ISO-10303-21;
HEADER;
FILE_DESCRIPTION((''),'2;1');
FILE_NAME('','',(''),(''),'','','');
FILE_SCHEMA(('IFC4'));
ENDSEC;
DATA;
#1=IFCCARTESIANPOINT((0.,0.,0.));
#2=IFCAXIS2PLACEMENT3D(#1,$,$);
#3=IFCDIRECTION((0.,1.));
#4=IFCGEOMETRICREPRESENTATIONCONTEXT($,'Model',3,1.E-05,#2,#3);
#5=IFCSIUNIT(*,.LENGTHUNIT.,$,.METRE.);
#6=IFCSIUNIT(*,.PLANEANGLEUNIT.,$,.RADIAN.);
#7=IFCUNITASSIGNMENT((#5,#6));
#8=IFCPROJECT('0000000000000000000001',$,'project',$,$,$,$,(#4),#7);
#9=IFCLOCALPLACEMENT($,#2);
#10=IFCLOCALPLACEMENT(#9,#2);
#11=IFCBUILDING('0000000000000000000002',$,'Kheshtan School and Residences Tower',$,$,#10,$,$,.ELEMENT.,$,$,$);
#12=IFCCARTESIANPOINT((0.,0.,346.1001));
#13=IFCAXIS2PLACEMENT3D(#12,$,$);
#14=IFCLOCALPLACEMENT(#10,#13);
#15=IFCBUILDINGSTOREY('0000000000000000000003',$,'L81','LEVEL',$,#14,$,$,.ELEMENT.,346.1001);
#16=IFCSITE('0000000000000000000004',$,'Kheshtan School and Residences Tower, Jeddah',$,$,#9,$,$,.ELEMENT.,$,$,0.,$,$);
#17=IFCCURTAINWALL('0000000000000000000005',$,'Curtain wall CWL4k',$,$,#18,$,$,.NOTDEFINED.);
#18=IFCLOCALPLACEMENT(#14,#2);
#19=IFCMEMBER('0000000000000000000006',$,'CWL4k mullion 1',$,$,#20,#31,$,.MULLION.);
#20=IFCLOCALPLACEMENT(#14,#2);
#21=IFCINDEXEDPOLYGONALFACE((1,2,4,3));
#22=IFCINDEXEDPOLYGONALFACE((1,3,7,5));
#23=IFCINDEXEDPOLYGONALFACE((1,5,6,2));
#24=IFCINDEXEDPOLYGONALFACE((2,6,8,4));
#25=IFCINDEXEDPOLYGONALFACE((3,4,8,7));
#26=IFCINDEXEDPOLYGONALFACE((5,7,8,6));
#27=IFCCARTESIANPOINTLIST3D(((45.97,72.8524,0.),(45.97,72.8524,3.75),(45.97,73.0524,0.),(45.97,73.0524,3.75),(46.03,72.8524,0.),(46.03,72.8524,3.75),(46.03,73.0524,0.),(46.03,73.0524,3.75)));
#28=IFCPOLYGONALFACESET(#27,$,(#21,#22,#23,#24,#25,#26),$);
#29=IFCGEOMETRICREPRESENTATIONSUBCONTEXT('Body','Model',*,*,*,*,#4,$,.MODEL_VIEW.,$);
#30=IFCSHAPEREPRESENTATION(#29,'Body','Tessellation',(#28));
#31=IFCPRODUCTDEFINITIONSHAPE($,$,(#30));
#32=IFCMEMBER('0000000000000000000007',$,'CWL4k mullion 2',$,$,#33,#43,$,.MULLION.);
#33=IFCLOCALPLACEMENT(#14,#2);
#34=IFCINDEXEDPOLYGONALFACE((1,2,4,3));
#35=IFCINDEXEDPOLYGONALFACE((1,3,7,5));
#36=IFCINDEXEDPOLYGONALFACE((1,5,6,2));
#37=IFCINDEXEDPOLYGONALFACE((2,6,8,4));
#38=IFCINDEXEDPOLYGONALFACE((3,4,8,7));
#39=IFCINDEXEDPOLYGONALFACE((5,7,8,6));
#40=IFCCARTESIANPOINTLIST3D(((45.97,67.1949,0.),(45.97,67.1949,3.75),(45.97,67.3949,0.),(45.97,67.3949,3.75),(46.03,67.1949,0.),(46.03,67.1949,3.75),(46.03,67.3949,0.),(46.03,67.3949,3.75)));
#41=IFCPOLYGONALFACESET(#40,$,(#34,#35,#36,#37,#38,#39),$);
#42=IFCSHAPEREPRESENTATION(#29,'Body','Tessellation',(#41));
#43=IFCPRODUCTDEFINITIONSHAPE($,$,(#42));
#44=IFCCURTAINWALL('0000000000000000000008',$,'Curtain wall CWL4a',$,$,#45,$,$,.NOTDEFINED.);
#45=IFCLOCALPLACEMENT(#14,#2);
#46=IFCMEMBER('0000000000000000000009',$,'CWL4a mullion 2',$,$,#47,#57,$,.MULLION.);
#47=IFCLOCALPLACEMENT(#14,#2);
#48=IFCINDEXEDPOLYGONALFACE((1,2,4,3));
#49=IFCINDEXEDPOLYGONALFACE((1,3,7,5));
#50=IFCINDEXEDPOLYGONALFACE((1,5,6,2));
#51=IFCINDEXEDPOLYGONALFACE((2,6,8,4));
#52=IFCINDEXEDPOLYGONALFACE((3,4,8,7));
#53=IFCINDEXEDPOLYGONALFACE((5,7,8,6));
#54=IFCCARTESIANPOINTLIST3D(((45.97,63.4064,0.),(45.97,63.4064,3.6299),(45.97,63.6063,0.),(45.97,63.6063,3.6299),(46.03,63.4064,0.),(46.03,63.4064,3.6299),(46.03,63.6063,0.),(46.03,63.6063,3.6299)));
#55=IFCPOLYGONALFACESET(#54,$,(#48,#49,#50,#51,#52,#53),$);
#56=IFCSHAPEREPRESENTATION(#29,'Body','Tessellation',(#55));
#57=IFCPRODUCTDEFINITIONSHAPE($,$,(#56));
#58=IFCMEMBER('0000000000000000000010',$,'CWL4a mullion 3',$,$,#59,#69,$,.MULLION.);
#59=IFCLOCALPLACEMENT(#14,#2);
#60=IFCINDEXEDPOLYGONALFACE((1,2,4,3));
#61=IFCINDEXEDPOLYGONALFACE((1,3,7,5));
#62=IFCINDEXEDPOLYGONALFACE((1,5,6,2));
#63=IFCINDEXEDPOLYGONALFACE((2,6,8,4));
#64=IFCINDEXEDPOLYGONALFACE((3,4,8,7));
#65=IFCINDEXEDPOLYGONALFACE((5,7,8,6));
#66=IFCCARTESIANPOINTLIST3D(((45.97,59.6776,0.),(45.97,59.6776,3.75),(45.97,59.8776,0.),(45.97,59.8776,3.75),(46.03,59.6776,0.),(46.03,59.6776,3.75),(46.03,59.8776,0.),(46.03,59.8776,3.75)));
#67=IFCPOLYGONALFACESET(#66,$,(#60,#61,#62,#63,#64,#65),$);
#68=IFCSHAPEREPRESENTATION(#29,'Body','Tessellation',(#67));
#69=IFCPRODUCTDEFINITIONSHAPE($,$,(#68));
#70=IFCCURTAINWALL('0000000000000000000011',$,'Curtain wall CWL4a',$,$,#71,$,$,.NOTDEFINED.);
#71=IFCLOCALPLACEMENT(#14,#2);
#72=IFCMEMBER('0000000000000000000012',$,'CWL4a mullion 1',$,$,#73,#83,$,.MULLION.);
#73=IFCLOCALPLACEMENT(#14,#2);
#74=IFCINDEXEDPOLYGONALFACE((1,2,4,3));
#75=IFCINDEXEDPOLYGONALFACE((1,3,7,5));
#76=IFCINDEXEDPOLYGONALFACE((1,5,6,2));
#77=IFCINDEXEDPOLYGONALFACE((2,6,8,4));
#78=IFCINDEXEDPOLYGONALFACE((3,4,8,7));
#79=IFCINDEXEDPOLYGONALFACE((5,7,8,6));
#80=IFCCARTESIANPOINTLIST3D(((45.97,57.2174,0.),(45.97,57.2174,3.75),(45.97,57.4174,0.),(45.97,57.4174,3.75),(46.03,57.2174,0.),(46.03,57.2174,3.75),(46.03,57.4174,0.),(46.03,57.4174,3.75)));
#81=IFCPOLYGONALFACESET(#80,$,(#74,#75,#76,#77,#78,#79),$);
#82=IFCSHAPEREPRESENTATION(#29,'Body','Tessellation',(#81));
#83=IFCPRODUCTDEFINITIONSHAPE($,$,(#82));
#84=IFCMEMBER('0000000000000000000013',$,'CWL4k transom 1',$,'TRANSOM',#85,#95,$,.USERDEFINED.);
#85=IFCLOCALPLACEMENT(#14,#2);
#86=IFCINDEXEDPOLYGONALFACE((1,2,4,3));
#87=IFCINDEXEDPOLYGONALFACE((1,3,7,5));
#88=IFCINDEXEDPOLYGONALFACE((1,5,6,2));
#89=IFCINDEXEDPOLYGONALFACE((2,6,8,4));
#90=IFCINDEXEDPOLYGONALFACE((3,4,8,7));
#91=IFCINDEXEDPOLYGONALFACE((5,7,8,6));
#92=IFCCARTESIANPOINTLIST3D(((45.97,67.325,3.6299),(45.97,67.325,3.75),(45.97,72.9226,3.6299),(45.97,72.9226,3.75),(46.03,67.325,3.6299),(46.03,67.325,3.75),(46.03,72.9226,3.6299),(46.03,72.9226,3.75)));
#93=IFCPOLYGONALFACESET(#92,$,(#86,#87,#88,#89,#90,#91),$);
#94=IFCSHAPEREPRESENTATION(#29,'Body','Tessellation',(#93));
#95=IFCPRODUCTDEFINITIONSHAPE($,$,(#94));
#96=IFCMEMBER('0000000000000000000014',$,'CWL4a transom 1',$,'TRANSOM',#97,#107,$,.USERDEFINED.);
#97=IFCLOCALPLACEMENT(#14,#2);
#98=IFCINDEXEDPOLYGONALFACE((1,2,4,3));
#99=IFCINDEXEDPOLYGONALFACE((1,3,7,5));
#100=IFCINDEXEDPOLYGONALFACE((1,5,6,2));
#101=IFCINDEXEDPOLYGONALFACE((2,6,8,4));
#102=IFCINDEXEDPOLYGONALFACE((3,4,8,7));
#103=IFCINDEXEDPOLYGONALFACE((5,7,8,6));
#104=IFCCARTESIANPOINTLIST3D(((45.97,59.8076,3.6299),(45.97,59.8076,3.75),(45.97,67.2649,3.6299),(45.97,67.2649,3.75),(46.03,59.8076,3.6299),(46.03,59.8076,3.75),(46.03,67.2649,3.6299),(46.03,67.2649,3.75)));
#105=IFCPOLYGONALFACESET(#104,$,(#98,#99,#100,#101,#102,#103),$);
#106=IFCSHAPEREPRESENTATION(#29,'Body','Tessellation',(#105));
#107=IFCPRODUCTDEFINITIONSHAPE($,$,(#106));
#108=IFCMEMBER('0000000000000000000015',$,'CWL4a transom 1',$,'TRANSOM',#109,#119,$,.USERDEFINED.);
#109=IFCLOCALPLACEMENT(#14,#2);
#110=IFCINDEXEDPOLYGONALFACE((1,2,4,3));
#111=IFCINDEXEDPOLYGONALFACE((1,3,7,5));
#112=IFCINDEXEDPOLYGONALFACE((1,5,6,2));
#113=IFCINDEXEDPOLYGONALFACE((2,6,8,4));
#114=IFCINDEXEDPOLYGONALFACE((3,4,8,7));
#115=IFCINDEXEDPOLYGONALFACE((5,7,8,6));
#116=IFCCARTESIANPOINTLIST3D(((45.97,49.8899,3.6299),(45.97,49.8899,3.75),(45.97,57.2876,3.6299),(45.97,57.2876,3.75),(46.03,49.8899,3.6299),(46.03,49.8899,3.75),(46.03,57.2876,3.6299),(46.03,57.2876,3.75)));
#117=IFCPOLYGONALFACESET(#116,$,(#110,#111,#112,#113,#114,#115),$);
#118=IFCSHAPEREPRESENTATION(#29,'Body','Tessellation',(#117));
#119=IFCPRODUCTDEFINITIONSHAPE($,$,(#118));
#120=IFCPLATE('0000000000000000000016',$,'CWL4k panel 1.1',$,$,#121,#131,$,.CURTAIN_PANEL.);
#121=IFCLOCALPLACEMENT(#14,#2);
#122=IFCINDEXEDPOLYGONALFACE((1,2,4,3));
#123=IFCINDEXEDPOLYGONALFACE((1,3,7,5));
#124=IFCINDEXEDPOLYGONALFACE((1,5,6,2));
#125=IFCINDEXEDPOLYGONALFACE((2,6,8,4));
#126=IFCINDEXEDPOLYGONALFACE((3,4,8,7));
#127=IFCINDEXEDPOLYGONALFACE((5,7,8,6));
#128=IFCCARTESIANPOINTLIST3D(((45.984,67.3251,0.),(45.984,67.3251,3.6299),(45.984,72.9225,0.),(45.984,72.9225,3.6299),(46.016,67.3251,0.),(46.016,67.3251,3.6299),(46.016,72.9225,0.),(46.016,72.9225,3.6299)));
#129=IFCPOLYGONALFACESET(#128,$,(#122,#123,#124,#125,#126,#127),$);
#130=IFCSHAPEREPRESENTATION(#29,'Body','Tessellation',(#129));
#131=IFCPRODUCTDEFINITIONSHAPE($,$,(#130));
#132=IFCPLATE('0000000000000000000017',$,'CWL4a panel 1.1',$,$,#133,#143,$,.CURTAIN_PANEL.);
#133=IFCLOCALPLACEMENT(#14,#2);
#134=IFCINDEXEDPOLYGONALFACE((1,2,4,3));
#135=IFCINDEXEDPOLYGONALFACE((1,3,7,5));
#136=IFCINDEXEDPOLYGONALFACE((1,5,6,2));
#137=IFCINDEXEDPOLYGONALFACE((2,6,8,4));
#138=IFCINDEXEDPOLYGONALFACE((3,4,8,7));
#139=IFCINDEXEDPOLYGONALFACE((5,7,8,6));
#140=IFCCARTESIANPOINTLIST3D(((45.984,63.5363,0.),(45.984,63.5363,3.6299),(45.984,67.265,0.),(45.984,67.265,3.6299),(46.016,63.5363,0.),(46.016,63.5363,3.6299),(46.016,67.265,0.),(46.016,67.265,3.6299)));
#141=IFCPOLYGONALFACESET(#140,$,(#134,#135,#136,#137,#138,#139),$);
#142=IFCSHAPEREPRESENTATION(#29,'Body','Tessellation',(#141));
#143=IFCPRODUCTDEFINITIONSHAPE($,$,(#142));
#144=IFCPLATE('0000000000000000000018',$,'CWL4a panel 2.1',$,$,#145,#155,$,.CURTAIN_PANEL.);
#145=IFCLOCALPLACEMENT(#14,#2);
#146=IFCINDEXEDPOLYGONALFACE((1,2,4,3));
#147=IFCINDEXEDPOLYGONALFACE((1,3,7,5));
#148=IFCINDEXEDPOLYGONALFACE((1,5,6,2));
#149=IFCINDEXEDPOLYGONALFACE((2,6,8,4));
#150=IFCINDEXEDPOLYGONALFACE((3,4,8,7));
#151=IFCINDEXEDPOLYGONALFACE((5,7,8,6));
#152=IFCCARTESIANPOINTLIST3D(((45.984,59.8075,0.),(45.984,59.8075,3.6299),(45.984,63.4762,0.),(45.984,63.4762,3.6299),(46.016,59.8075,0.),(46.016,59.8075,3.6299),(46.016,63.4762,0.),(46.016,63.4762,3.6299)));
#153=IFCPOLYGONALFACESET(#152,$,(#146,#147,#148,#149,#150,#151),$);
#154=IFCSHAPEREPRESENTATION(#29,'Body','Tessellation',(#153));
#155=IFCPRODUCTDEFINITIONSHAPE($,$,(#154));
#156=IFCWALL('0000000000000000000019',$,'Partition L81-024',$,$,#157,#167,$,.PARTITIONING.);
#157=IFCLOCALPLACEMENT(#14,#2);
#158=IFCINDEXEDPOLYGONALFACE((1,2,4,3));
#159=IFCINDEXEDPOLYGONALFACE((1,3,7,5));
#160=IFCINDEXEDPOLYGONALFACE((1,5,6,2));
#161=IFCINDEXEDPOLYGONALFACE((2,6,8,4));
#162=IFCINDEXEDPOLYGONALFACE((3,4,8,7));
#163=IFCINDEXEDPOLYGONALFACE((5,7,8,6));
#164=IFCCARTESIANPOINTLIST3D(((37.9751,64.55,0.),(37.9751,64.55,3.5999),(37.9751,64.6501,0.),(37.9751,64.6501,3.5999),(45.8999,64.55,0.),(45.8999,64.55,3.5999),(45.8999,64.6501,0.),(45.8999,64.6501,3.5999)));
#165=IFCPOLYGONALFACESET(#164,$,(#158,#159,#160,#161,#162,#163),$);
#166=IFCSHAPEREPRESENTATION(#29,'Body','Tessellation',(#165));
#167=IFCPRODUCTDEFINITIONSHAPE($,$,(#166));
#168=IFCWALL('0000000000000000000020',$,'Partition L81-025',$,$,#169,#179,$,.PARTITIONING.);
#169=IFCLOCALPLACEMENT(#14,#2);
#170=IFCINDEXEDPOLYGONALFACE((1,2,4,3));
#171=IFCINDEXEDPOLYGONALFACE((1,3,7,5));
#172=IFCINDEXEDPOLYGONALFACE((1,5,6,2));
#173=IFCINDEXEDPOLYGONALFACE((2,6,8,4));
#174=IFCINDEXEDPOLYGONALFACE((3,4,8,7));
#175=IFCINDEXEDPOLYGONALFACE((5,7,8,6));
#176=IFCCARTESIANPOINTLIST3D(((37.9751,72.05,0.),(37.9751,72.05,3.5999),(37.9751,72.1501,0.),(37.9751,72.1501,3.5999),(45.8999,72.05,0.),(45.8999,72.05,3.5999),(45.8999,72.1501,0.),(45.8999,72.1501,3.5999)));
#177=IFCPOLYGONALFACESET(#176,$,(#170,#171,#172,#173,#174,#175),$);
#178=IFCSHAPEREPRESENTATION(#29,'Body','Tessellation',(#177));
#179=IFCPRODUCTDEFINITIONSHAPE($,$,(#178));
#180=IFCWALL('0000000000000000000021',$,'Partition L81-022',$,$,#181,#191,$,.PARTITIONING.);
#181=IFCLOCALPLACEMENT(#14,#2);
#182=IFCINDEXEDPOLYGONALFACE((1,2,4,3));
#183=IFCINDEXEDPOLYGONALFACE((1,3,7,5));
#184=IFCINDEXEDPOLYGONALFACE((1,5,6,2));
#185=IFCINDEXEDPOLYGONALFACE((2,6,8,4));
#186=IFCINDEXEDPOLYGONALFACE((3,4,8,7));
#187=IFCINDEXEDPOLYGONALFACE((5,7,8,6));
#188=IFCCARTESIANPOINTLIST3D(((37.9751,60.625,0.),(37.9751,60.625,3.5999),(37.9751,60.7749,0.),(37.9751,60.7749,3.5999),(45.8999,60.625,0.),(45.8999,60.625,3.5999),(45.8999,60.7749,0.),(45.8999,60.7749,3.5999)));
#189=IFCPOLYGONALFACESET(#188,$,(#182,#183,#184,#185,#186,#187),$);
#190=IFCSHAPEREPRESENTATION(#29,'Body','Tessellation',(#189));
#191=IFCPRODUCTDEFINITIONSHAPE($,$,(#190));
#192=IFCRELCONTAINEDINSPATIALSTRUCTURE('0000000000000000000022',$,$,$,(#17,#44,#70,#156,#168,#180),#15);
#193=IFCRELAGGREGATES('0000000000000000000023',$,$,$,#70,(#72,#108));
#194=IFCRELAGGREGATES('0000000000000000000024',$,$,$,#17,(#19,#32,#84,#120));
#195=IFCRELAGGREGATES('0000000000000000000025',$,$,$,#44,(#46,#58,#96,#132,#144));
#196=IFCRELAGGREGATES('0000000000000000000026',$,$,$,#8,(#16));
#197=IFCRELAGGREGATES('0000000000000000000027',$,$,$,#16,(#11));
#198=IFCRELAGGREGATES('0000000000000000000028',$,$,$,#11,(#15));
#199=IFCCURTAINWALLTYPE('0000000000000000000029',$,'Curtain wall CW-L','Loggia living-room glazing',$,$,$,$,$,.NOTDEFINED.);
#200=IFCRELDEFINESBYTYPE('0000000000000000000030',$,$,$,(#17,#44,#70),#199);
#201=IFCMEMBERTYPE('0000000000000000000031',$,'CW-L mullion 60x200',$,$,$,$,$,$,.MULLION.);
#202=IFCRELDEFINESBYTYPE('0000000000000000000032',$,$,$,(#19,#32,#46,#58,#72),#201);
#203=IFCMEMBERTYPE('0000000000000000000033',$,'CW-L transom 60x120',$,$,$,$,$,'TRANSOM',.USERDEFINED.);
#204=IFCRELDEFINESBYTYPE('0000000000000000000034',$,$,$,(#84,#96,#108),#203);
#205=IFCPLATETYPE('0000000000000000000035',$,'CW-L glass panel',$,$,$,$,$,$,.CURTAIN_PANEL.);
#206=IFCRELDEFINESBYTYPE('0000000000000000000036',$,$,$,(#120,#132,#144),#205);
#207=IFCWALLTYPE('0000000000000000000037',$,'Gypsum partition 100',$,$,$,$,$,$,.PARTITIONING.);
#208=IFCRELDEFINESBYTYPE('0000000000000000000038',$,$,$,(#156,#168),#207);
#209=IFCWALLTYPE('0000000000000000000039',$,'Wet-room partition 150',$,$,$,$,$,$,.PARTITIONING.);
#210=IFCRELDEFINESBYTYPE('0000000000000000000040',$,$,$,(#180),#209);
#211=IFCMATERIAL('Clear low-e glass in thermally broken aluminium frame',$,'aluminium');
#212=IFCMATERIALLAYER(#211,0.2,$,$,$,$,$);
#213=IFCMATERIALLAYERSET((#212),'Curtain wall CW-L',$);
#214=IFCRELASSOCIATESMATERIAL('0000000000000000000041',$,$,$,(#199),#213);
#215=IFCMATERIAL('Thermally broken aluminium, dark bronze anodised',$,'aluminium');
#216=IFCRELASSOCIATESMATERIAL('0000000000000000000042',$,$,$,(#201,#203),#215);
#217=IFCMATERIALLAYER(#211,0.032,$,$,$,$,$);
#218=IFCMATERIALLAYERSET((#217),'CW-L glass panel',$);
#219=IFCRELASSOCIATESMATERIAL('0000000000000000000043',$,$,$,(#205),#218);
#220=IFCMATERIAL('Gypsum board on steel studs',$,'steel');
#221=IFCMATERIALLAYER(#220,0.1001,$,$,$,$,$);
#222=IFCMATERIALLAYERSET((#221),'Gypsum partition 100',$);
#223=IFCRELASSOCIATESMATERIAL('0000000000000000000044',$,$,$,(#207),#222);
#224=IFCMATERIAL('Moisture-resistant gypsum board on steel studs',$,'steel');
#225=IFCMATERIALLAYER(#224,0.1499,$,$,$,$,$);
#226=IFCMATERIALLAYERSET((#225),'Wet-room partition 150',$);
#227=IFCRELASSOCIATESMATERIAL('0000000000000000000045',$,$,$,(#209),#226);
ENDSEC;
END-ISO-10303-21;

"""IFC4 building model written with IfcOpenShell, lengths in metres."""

from ifc_helpers import new_model, si_unit, direction, frame, frame_2d, origin, origin_2d, place, context, subcontext, project, spatial, rectangle, extrude, material, layer, layer_set, material_profile, profile_set, type_object, element, aggregate, save


model = new_model("IFC4")

# Units and contexts
model_context = context("Model", 3, precision=1e-05, world=origin(), true_north=direction((0.0, 1.0)))
body_context = subcontext(model_context, "Body", "Model", "MODEL_VIEW")
ifc_project = project(units=[si_unit("LENGTHUNIT", "METRE"), si_unit("PLANEANGLEUNIT", "RADIAN")], contexts=[model_context])

# Site, building, storey
site_placement = place(None, origin())
site = spatial("IfcSite", under=ifc_project, at=site_placement, Name="Kheshtan School and Residences Tower, Jeddah", CompositionType="ELEMENT", RefElevation=0.0)
building_placement = place(site_placement, origin())
building = spatial("IfcBuilding", under=site, at=building_placement, Name="Kheshtan School and Residences Tower", CompositionType="ELEMENT")
storey_placement = place(building_placement, frame((0.0, 0.0, 346.1001)))
storey = spatial("IfcBuildingStorey", under=building, at=storey_placement, Name="L81", Description="LEVEL", CompositionType="ELEMENT", Elevation=346.1001)

# Curtain walls, members
ifc_material_1 = material(Name="Clear low-e glass in thermally broken aluminium frame", Category="aluminium")
ifc_layer_1 = layer(ifc_material_1, 0.2)
ifc_layer_set_1 = layer_set([ifc_layer_1], Name="Curtain wall CW-L")
curtain_wall_type = type_object("IfcCurtainWallType", Name="Curtain wall CW-L", Description="Loggia living-room glazing", PredefinedType="NOTDEFINED", material=ifc_layer_set_1)
curtain_wall_1_placement = place(storey_placement, origin())
curtain_wall_1 = element("IfcCurtainWall", 1, at=curtain_wall_1_placement, inside=storey, type_object=curtain_wall_type, Name="Curtain wall CWL4k", PredefinedType="NOTDEFINED")
ifc_material_2 = material(Name="Thermally broken aluminium, dark bronze anodised", Category="aluminium")
ifc_material_profile_1 = material_profile(ifc_material_2, rectangle(XDim=0.0601, YDim=0.2, at=origin_2d()), Name="CW-L mullion 60x200")
ifc_profile_set_1 = profile_set([ifc_material_profile_1], Name="Thermally broken aluminium, dark bronze anodised")
member_type_1 = type_object("IfcMemberType", Name="CW-L mullion 60x200", PredefinedType="MULLION", material=ifc_profile_set_1)
member_1_placement = place(storey_placement, frame((46.0, 72.9524, 0.0), z_axis=(0.0, 0.0, 1.0), x_axis=(1.0, 0.0, 0.0)))
member_1 = element("IfcMember", 2, at=member_1_placement, type_object=member_type_1, Name="CWL4k mullion 1", PredefinedType="MULLION", context=body_context, shape_type="SweptSolid", body=[
    extrude(rectangle(XDim=0.0601, YDim=0.2, at=origin_2d()), origin(), (0.0, 0.0, 1.0), 3.75),
])
member_2_placement = place(storey_placement, frame((46.0, 67.2949, 0.0), z_axis=(0.0, 0.0, 1.0), x_axis=(1.0, 0.0, 0.0)))
member_2 = element("IfcMember", 3, at=member_2_placement, type_object=member_type_1, Name="CWL4k mullion 2", PredefinedType="MULLION", context=body_context, shape_type="SweptSolid", body=[
    extrude(rectangle(XDim=0.0601, YDim=0.2, at=origin_2d()), origin(), (0.0, 0.0, 1.0), 3.75),
])
curtain_wall_2_placement = place(storey_placement, origin())
curtain_wall_2 = element("IfcCurtainWall", 4, at=curtain_wall_2_placement, inside=storey, type_object=curtain_wall_type, Name="Curtain wall CWL4a", PredefinedType="NOTDEFINED")
member_3_placement = place(storey_placement, frame((46.0, 63.5063, 0.0), z_axis=(0.0, 0.0, 1.0), x_axis=(1.0, 0.0, 0.0)))
member_3 = element("IfcMember", 5, at=member_3_placement, type_object=member_type_1, Name="CWL4a mullion 2", PredefinedType="MULLION", context=body_context, shape_type="SweptSolid", body=[
    extrude(rectangle(XDim=0.0601, YDim=0.2, at=origin_2d()), origin(), (0.0, 0.0, 1.0), 3.6299),
])
member_4_placement = place(storey_placement, frame((46.0, 59.7776, 0.0), z_axis=(0.0, 0.0, 1.0), x_axis=(1.0, 0.0, 0.0)))
member_4 = element("IfcMember", 6, at=member_4_placement, type_object=member_type_1, Name="CWL4a mullion 3", PredefinedType="MULLION", context=body_context, shape_type="SweptSolid", body=[
    extrude(rectangle(XDim=0.0601, YDim=0.2, at=origin_2d()), origin(), (0.0, 0.0, 1.0), 3.75),
])

# Curtain wall, member
curtain_wall_3_placement = place(storey_placement, origin())
curtain_wall_3 = element("IfcCurtainWall", 7, at=curtain_wall_3_placement, inside=storey, type_object=curtain_wall_type, Name="Curtain wall CWL4a", PredefinedType="NOTDEFINED")
member_5_placement = place(storey_placement, frame((46.0, 57.3174, 0.0), z_axis=(0.0, 0.0, 1.0), x_axis=(1.0, 0.0, 0.0)))
member_5 = element("IfcMember", 8, at=member_5_placement, type_object=member_type_1, Name="CWL4a mullion 1", PredefinedType="MULLION", context=body_context, shape_type="SweptSolid", body=[
    extrude(rectangle(XDim=0.0601, YDim=0.2, at=origin_2d()), origin(), (0.0, 0.0, 1.0), 3.75),
])

# Members
ifc_material_profile_2 = material_profile(ifc_material_2, rectangle(XDim=0.0601, YDim=0.1201, at=origin_2d()), Name="CW-L transom 60x120")
ifc_profile_set_2 = profile_set([ifc_material_profile_2], Name="Thermally broken aluminium, dark bronze anodised")
member_type_2 = type_object("IfcMemberType", Name="CW-L transom 60x120", ElementType="TRANSOM", PredefinedType="USERDEFINED", material=ifc_profile_set_2)
member_6_placement = place(storey_placement, frame((46.0, 72.9226, 3.6899), z_axis=(0.0, -1.0, 0.0), x_axis=(1.0, 0.0, 0.0)))
member_6 = element("IfcMember", 9, at=member_6_placement, type_object=member_type_2, Name="CWL4k transom 1", ObjectType="TRANSOM", PredefinedType="USERDEFINED", context=body_context, shape_type="SweptSolid", body=[
    extrude(rectangle(XDim=0.0601, YDim=0.1201, at=origin_2d()), origin(), (0.0, 0.0, 1.0), 5.5977),
])
member_7_placement = place(storey_placement, frame((46.0, 67.2649, 3.6899), z_axis=(0.0, -1.0, 0.0), x_axis=(1.0, 0.0, 0.0)))
member_7 = element("IfcMember", 10, at=member_7_placement, type_object=member_type_2, Name="CWL4a transom 1", ObjectType="TRANSOM", PredefinedType="USERDEFINED", context=body_context, shape_type="SweptSolid", body=[
    extrude(rectangle(XDim=0.0601, YDim=0.1201, at=origin_2d()), origin(), (0.0, 0.0, 1.0), 7.4573),
])
member_8_placement = place(storey_placement, frame((46.0, 57.2876, 3.6899), z_axis=(0.0, -1.0, 0.0), x_axis=(1.0, 0.0, 0.0)))
member_8 = element("IfcMember", 11, at=member_8_placement, type_object=member_type_2, Name="CWL4a transom 1", ObjectType="TRANSOM", PredefinedType="USERDEFINED", context=body_context, shape_type="SweptSolid", body=[
    extrude(rectangle(XDim=0.0601, YDim=0.1201, at=origin_2d()), origin(), (0.0, 0.0, 1.0), 7.3977),
])
aggregate(curtain_wall_3, [member_5, member_8])

# Plates
ifc_layer_2 = layer(ifc_material_1, 0.032)
ifc_layer_set_2 = layer_set([ifc_layer_2], Name="CW-L glass panel")
plate_type = type_object("IfcPlateType", Name="CW-L glass panel", PredefinedType="CURTAIN_PANEL", material=ifc_layer_set_2)
plate_1_placement = place(storey_placement, frame((46.0, 70.1238, 0.0), z_axis=(0.0, 0.0, 1.0), x_axis=(0.0, -1.0, 0.0)))
plate_1 = element("IfcPlate", 12, at=plate_1_placement, type_object=plate_type, Name="CWL4k panel 1.1", PredefinedType="CURTAIN_PANEL", context=body_context, shape_type="SweptSolid", body=[
    extrude(rectangle(XDim=5.5974, YDim=0.032, at=origin_2d()), origin(), (0.0, 0.0, 1.0), 3.6299),
])
aggregate(curtain_wall_1, [member_1, member_2, member_6, plate_1])
plate_2_placement = place(storey_placement, frame((46.0, 65.4006, 0.0), z_axis=(0.0, 0.0, 1.0), x_axis=(0.0, -1.0, 0.0)))
plate_2 = element("IfcPlate", 13, at=plate_2_placement, type_object=plate_type, Name="CWL4a panel 1.1", PredefinedType="CURTAIN_PANEL", context=body_context, shape_type="SweptSolid", body=[
    extrude(rectangle(XDim=3.7288, YDim=0.032, at=origin_2d()), origin(), (0.0, 0.0, 1.0), 3.6299),
])
plate_3_placement = place(storey_placement, frame((46.0, 61.6418, 0.0), z_axis=(0.0, 0.0, 1.0), x_axis=(0.0, -1.0, 0.0)))
plate_3 = element("IfcPlate", 14, at=plate_3_placement, type_object=plate_type, Name="CWL4a panel 2.1", PredefinedType="CURTAIN_PANEL", context=body_context, shape_type="SweptSolid", body=[
    extrude(rectangle(XDim=3.6687, YDim=0.032, at=origin_2d()), origin(), (0.0, 0.0, 1.0), 3.6299),
])
aggregate(curtain_wall_2, [member_3, member_4, member_7, plate_2, plate_3])

# Walls
ifc_material_3 = material(Name="Gypsum board on steel studs", Category="steel")
ifc_layer_3 = layer(ifc_material_3, 0.1001)
ifc_layer_set_3 = layer_set([ifc_layer_3], Name="Gypsum partition 100")
wall_type_1 = type_object("IfcWallType", Name="Gypsum partition 100", PredefinedType="PARTITIONING", material=ifc_layer_set_3)
for number, where, z_axis, x_axis, name in (
    (15, (37.9751, 64.6001, 0.0), (0.0, 0.0, 1.0), (1.0, 0.0, 0.0), "Partition L81-024"),
    (16, (37.9751, 72.1001, 0.0), (0.0, 0.0, 1.0), (1.0, 0.0, 0.0), "Partition L81-025"),
):
    element("IfcWall", number, at=place(storey_placement, frame(where, z_axis=z_axis, x_axis=x_axis)), inside=storey, type_object=wall_type_1, Name=name, PredefinedType="PARTITIONING", context=body_context, shape_type="SweptSolid", body=[
        extrude(rectangle(XDim=7.9248, YDim=0.1001, at=frame_2d((3.9624, 0.0))), origin(), (0.0, 0.0, 1.0), 3.5999),
    ])
ifc_material_4 = material(Name="Moisture-resistant gypsum board on steel studs", Category="steel")
ifc_layer_4 = layer(ifc_material_4, 0.1499)
ifc_layer_set_4 = layer_set([ifc_layer_4], Name="Wet-room partition 150")
wall_type_2 = type_object("IfcWallType", Name="Wet-room partition 150", PredefinedType="PARTITIONING", material=ifc_layer_set_4)
wall_1_placement = place(storey_placement, frame((37.9751, 60.7, 0.0), z_axis=(0.0, 0.0, 1.0), x_axis=(1.0, 0.0, 0.0)))
element("IfcWall", 17, at=wall_1_placement, inside=storey, type_object=wall_type_2, Name="Partition L81-022", PredefinedType="PARTITIONING", context=body_context, shape_type="SweptSolid", body=[
    extrude(rectangle(XDim=7.9248, YDim=0.1499, at=frame_2d((3.9624, 0.0))), origin(), (0.0, 0.0, 1.0), 3.5999),
])

save(model, "model.ifc")
